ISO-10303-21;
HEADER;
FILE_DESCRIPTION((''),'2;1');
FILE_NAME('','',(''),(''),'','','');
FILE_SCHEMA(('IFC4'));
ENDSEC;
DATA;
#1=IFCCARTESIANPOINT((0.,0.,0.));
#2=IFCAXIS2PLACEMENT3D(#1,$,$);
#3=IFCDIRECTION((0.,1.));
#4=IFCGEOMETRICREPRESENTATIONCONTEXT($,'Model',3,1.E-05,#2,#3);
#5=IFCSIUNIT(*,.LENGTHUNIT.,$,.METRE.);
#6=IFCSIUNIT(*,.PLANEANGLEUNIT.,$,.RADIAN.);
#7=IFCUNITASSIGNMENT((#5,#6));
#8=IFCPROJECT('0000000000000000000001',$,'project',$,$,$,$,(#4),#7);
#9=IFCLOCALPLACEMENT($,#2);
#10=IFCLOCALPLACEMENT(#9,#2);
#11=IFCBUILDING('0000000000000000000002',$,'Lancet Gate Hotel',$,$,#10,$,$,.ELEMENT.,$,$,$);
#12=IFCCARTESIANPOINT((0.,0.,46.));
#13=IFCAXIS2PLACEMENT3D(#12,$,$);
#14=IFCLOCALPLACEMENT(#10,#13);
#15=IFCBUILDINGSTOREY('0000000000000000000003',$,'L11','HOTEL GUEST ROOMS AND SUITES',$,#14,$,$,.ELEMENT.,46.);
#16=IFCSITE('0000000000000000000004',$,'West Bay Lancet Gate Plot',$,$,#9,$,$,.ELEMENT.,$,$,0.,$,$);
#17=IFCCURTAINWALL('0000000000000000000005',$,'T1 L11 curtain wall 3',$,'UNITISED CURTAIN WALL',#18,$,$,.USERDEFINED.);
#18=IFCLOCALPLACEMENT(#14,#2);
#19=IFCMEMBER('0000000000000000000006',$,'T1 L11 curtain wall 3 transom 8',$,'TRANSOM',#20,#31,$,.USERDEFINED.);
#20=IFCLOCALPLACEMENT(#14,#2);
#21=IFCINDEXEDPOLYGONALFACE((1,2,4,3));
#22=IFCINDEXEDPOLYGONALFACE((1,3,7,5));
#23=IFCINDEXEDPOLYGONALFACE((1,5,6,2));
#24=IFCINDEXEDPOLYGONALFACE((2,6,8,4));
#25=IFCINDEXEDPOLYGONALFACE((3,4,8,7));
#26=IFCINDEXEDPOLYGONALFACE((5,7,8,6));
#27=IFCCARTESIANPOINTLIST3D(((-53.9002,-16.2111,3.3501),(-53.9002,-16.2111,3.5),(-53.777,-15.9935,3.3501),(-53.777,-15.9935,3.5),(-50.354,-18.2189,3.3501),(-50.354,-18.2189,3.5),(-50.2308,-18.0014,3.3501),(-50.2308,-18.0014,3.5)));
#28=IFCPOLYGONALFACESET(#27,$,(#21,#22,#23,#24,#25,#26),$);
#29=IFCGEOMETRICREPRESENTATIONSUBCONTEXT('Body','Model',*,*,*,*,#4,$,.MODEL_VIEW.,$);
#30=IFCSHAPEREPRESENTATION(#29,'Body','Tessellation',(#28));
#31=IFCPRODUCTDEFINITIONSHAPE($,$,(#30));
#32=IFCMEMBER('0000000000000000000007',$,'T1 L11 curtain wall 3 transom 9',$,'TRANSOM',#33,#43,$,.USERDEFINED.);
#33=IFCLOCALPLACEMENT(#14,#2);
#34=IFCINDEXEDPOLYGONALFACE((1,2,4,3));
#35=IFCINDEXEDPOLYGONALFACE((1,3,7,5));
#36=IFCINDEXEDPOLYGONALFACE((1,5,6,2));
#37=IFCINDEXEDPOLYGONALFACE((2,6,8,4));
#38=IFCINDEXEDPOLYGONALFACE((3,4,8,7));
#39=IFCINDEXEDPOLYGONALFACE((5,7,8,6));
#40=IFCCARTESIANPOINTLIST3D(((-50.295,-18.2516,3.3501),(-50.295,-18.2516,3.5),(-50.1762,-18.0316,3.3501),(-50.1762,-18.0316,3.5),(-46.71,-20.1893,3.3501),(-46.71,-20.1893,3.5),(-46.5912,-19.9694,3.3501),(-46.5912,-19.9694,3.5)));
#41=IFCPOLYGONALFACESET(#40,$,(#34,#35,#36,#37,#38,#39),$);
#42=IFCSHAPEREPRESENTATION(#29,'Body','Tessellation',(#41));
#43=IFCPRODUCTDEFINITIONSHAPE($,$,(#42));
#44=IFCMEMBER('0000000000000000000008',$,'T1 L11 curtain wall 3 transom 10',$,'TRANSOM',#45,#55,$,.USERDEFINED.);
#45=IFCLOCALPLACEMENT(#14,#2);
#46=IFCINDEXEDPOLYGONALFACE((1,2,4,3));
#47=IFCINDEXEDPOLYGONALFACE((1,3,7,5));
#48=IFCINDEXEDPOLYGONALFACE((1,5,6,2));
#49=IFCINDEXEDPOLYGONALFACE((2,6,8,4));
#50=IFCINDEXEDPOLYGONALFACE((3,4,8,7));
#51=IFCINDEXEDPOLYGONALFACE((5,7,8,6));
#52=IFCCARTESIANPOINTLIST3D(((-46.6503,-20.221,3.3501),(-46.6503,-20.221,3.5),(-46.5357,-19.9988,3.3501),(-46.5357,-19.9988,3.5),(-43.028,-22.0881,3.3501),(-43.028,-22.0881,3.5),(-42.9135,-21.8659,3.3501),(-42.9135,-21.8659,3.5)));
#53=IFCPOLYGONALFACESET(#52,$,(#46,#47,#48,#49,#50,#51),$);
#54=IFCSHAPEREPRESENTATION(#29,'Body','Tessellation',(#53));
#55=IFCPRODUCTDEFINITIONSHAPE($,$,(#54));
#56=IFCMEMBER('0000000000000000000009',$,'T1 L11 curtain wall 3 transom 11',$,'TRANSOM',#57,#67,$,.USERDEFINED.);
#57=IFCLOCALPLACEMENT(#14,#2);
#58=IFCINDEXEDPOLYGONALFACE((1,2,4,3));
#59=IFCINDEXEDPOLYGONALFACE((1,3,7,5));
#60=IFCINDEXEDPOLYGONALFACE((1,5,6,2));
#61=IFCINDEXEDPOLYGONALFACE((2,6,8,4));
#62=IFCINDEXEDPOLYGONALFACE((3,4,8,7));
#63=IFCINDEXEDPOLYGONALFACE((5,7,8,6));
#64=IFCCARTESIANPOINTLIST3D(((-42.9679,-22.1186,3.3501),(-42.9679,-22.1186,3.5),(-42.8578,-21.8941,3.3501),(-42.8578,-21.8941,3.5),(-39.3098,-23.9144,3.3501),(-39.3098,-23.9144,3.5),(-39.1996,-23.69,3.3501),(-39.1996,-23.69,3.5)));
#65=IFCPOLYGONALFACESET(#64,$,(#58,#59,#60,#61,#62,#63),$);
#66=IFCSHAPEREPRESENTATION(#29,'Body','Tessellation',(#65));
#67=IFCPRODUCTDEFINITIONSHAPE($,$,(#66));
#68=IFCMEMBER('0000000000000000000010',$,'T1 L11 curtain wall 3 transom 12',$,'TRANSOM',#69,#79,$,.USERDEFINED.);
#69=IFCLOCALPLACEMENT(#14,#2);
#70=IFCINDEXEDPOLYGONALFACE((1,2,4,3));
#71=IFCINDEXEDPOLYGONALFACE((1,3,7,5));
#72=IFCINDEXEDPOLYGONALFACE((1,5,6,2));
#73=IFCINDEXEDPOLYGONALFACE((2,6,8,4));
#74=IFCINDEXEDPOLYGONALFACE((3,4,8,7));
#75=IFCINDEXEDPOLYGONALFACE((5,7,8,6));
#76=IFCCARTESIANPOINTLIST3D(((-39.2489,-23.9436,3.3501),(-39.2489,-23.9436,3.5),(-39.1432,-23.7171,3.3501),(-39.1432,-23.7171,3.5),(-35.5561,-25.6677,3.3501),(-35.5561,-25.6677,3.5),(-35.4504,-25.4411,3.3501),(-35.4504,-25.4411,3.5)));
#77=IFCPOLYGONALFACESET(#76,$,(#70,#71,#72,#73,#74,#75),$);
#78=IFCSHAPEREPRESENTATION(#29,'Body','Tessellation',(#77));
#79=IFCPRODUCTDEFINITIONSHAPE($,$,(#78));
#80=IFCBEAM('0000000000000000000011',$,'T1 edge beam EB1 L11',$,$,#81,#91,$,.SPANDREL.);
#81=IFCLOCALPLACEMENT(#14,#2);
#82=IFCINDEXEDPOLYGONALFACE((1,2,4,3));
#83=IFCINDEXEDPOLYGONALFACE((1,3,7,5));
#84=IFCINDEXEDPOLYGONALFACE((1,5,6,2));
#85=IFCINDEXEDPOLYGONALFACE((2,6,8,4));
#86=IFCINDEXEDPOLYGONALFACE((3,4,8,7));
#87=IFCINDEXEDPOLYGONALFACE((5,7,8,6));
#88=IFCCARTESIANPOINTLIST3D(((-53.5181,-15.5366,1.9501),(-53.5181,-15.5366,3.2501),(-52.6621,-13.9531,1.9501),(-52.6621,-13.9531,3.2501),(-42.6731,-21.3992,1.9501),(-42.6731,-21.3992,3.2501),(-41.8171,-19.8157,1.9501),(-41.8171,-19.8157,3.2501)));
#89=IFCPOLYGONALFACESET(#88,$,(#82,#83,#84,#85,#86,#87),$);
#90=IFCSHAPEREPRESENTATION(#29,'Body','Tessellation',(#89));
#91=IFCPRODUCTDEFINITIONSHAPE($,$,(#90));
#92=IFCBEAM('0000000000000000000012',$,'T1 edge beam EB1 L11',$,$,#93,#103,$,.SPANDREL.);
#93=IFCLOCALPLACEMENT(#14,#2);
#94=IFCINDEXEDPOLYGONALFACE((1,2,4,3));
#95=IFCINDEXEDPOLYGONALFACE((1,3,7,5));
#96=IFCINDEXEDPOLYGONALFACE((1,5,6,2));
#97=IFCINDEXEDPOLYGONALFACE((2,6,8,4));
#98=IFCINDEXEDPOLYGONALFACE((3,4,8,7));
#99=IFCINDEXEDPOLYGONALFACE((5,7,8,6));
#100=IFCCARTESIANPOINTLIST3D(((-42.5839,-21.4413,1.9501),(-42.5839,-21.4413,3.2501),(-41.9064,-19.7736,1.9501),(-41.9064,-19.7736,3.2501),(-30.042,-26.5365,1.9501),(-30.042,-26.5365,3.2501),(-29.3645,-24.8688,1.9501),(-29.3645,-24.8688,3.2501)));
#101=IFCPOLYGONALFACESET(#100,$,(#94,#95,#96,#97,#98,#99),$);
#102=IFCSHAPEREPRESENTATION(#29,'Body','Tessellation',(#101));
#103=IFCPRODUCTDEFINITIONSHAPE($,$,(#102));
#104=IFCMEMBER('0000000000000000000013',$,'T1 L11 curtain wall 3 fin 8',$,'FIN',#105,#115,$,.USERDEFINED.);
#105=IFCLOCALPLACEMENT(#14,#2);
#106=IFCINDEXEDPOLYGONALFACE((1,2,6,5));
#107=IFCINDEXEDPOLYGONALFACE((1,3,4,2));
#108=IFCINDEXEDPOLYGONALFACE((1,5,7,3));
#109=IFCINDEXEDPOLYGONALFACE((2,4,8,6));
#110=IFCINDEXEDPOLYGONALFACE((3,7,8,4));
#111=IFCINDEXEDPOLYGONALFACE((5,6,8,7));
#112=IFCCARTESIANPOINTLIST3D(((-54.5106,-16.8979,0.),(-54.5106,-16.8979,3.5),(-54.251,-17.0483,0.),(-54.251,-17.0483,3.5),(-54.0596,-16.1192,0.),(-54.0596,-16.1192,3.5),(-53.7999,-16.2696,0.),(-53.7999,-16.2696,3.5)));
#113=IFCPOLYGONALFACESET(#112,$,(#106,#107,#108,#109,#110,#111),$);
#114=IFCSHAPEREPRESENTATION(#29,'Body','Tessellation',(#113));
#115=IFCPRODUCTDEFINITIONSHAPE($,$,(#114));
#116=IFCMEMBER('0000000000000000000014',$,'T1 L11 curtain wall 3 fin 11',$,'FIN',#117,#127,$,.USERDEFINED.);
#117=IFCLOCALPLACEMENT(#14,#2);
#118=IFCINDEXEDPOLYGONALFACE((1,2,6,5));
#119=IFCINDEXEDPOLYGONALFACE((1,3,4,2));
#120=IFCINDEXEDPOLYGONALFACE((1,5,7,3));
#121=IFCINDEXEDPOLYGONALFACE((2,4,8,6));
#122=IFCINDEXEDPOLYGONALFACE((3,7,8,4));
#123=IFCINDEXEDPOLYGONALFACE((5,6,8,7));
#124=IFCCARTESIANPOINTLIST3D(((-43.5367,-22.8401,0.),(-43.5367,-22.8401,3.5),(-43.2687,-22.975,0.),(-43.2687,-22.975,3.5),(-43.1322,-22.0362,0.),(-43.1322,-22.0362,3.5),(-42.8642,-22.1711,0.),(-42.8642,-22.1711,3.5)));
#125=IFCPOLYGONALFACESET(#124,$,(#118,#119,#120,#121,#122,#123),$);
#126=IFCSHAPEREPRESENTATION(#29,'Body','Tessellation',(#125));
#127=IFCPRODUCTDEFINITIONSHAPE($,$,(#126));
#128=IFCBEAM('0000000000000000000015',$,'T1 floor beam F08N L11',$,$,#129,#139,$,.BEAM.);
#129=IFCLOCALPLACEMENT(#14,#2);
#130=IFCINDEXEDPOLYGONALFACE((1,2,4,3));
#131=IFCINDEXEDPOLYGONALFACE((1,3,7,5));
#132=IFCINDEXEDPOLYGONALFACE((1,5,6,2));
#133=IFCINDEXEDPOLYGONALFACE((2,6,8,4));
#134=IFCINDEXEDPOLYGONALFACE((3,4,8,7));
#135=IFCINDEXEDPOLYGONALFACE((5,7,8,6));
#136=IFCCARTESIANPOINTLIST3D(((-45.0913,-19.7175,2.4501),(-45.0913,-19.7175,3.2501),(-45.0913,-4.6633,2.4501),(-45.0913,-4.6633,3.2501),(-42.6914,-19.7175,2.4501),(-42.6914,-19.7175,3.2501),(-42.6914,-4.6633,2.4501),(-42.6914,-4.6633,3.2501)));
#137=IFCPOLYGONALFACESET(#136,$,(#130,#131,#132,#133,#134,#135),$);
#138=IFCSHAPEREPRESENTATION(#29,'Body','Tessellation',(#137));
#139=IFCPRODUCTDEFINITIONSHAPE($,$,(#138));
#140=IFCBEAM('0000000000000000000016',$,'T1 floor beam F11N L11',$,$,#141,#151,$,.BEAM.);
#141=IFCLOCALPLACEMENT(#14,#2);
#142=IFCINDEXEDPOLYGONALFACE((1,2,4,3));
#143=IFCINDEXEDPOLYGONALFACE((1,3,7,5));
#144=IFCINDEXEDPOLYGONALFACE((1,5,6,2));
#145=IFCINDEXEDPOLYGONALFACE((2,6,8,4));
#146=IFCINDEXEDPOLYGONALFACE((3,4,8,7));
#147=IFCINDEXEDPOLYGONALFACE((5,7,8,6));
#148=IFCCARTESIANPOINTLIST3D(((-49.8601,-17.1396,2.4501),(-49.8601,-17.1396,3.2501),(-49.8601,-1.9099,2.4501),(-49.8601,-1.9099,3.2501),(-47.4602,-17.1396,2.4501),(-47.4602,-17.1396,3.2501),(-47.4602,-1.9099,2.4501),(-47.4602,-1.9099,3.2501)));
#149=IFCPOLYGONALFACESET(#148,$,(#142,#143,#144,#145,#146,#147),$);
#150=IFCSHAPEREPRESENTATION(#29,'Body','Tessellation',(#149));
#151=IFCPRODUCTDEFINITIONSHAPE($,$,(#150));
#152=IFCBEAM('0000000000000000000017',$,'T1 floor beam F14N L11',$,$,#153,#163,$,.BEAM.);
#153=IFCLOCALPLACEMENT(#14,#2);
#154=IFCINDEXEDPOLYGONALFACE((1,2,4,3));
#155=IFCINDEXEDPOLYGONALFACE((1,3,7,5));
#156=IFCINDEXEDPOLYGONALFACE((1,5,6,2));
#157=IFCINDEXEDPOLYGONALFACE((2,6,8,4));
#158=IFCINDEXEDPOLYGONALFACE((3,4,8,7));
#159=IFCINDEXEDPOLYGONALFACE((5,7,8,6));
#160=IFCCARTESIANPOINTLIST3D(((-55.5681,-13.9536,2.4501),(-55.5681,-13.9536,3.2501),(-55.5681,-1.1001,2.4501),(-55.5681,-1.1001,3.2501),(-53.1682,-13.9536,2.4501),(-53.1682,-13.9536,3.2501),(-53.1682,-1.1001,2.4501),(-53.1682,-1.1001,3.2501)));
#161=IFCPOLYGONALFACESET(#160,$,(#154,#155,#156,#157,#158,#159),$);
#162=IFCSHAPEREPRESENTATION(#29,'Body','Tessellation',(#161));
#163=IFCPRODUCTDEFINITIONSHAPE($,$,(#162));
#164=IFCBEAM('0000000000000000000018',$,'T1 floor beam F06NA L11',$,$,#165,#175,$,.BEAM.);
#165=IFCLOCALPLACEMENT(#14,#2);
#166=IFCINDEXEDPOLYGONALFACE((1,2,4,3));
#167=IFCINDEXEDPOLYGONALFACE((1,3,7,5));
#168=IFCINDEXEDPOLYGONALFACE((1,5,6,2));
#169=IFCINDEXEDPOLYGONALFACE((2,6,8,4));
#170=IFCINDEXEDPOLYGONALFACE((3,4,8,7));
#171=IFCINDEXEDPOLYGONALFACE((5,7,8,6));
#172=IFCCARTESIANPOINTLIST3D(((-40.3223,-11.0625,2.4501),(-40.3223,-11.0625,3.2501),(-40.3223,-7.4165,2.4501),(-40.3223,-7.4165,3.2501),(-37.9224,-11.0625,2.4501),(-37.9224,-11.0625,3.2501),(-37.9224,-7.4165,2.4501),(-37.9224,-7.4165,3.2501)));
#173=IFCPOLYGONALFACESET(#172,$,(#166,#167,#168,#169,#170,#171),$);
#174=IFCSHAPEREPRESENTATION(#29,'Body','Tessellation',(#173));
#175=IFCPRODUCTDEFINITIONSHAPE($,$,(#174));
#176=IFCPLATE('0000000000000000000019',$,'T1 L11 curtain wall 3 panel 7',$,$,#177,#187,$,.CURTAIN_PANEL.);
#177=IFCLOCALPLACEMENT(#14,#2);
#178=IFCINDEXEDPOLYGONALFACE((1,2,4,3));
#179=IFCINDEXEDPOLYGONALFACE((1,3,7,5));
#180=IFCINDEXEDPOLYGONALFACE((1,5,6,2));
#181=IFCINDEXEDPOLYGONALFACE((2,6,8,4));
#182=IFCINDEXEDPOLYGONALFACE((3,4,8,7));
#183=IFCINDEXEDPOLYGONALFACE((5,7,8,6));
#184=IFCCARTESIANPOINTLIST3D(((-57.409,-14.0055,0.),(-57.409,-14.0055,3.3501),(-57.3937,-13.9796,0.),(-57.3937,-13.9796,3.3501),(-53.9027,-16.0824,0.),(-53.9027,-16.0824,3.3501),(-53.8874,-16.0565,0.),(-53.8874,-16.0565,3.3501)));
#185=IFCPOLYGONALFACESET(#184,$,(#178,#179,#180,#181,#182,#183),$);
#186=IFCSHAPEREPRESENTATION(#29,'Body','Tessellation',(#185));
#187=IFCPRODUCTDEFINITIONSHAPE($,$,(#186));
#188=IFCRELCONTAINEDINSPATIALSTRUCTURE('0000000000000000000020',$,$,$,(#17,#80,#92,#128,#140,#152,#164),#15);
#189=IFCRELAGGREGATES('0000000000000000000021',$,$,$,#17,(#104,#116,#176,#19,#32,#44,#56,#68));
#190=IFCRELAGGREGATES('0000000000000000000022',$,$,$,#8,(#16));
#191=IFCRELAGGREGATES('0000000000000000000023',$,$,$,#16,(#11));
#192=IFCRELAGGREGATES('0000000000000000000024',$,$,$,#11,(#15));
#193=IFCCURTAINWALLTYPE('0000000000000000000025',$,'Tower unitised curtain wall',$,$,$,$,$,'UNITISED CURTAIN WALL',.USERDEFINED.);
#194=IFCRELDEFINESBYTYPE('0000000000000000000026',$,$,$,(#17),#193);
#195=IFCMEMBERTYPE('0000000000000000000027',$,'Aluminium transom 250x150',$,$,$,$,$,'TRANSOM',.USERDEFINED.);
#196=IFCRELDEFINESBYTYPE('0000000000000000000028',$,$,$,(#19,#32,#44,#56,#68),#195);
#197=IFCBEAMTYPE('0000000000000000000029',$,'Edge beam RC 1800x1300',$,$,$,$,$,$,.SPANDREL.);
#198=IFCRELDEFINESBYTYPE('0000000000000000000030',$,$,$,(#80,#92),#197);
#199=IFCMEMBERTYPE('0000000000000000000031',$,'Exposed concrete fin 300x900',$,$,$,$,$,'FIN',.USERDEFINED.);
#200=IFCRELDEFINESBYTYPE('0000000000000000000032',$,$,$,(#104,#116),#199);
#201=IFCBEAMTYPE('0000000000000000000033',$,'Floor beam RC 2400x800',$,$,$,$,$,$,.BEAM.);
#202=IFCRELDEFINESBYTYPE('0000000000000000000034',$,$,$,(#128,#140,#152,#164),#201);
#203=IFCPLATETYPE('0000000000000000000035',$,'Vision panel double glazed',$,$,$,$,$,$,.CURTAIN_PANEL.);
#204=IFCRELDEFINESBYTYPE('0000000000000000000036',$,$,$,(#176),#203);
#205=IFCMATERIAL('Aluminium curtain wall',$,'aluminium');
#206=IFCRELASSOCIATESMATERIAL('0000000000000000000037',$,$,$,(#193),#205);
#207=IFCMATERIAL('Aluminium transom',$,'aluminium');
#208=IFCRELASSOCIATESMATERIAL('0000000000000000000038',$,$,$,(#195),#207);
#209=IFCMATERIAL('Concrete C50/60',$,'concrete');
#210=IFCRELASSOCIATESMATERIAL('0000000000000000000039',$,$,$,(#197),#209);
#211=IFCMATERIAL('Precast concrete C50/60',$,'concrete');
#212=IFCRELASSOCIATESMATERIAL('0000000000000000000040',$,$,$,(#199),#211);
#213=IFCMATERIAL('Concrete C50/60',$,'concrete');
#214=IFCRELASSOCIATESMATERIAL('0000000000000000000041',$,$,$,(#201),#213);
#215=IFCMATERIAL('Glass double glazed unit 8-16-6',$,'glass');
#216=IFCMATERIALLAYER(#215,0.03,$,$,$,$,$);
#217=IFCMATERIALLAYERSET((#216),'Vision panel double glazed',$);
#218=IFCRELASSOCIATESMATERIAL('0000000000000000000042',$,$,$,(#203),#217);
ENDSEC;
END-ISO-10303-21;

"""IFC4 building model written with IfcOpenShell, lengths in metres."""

from ifc_helpers import new_model, si_unit, direction, frame, origin, origin_2d, place, context, subcontext, project, spatial, rectangle, extrude, material, layer, layer_set, material_profile, profile_set, type_object, element, aggregate, save


model = new_model("IFC4")

# Units and contexts
model_context = context("Model", 3, precision=1e-05, world=origin(), true_north=direction((0.0, 1.0)))
body_context = subcontext(model_context, "Body", "Model", "MODEL_VIEW")
ifc_project = project(units=[si_unit("LENGTHUNIT", "METRE"), si_unit("PLANEANGLEUNIT", "RADIAN")], contexts=[model_context])

# Site, building, storey
site_placement = place(None, origin())
site = spatial("IfcSite", under=ifc_project, at=site_placement, Name="West Bay Lancet Gate Plot", CompositionType="ELEMENT", RefElevation=0.0)
building_placement = place(site_placement, origin())
building = spatial("IfcBuilding", under=site, at=building_placement, Name="Lancet Gate Hotel", CompositionType="ELEMENT")
storey_placement = place(building_placement, frame((0.0, 0.0, 46.0)))
storey = spatial("IfcBuildingStorey", under=building, at=storey_placement, Name="L11", Description="HOTEL GUEST ROOMS AND SUITES", CompositionType="ELEMENT", Elevation=46.0)

# Curtain wall, members
ifc_material_1 = material(Name="Aluminium curtain wall", Category="aluminium")
curtain_wall_type = type_object("IfcCurtainWallType", Name="Tower unitised curtain wall", ElementType="UNITISED CURTAIN WALL", PredefinedType="USERDEFINED", material=ifc_material_1)
curtain_wall_placement = place(storey_placement, origin())
curtain_wall = element("IfcCurtainWall", 1, at=curtain_wall_placement, inside=storey, type_object=curtain_wall_type, Name="T1 L11 curtain wall 3", ObjectType="UNITISED CURTAIN WALL", PredefinedType="USERDEFINED")
ifc_material_2 = material(Name="Aluminium transom", Category="aluminium")
ifc_material_profile_1 = material_profile(ifc_material_2, rectangle(XDim=0.25, YDim=0.1499, at=origin_2d()), Name="TRANSOM 250x150")
ifc_profile_set_1 = profile_set([ifc_material_profile_1], Name="Aluminium transom")
member_type_1 = type_object("IfcMemberType", Name="Aluminium transom 250x150", ElementType="TRANSOM", PredefinedType="USERDEFINED", material=ifc_profile_set_1)
member_1_placement = place(storey_placement, frame((-53.8386, -16.1023, 3.425), z_axis=(0.870198, -0.492703, 0.0), x_axis=(0.492703, 0.870198, 0.0)))
member_1 = element("IfcMember", 2, at=member_1_placement, type_object=member_type_1, Name="T1 L11 curtain wall 3 transom 8", ObjectType="TRANSOM", PredefinedType="USERDEFINED", context=body_context, shape_type="SweptSolid", body=[
    extrude(rectangle(XDim=0.25, YDim=0.1499, at=origin_2d()), origin(), (0.0, 0.0, 1.0), 4.0752),
])
member_2_placement = place(storey_placement, frame((-50.2356, -18.1416, 3.425), z_axis=(0.879714, -0.475503, 0.0), x_axis=(0.475503, 0.879714, 0.0)))
member_2 = element("IfcMember", 3, at=member_2_placement, type_object=member_type_1, Name="T1 L11 curtain wall 3 transom 9", ObjectType="TRANSOM", PredefinedType="USERDEFINED", context=body_context, shape_type="SweptSolid", body=[
    extrude(rectangle(XDim=0.25, YDim=0.1499, at=origin_2d()), origin(), (0.0, 0.0, 1.0), 4.0752),
])
member_3_placement = place(storey_placement, frame((-46.593, -20.1099, 3.425), z_axis=(0.88886, -0.458179, 0.0), x_axis=(0.458179, 0.88886, 0.0)))
member_3 = element("IfcMember", 4, at=member_3_placement, type_object=member_type_1, Name="T1 L11 curtain wall 3 transom 10", ObjectType="TRANSOM", PredefinedType="USERDEFINED", context=body_context, shape_type="SweptSolid", body=[
    extrude(rectangle(XDim=0.25, YDim=0.1499, at=origin_2d()), origin(), (0.0, 0.0, 1.0), 4.0752),
])
member_4_placement = place(storey_placement, frame((-42.9128, -22.0063, 3.425), z_axis=(0.897662, -0.440684, 0.0), x_axis=(0.440684, 0.897662, 0.0)))
member_4 = element("IfcMember", 5, at=member_4_placement, type_object=member_type_1, Name="T1 L11 curtain wall 3 transom 11", ObjectType="TRANSOM", PredefinedType="USERDEFINED", context=body_context, shape_type="SweptSolid", body=[
    extrude(rectangle(XDim=0.25, YDim=0.1499, at=origin_2d()), origin(), (0.0, 0.0, 1.0), 4.0752),
])
member_5_placement = place(storey_placement, frame((-39.196, -23.8303, 3.425), z_axis=(0.90611, -0.423043, 0.0), x_axis=(0.423043, 0.90611, 0.0)))
member_5 = element("IfcMember", 6, at=member_5_placement, type_object=member_type_1, Name="T1 L11 curtain wall 3 transom 12", ObjectType="TRANSOM", PredefinedType="USERDEFINED", context=body_context, shape_type="SweptSolid", body=[
    extrude(rectangle(XDim=0.25, YDim=0.1499, at=origin_2d()), origin(), (0.0, 0.0, 1.0), 4.0754),
])

# Beams
ifc_material_3 = material(Name="Concrete C50/60", Category="concrete")
ifc_material_profile_2 = material_profile(ifc_material_3, rectangle(XDim=1.8, YDim=1.3, at=origin_2d()), Name="RC 1800x1300")
ifc_profile_set_2 = profile_set([ifc_material_profile_2], Name="Concrete C50/60")
beam_type_1 = type_object("IfcBeamType", Name="Edge beam RC 1800x1300", PredefinedType="SPANDREL", material=ifc_profile_set_2)
beam_1_placement = place(storey_placement, frame((-53.0901, -14.7449, 2.6001), z_axis=(0.879693, -0.475542, 0.0), x_axis=(0.475542, 0.879693, 0.0)))
element("IfcBeam", 7, at=beam_1_placement, inside=storey, type_object=beam_type_1, Name="T1 edge beam EB1 L11", PredefinedType="SPANDREL", context=body_context, shape_type="SweptSolid", body=[
    extrude(rectangle(XDim=1.8, YDim=1.3, at=origin_2d()), origin(), (0.0, 0.0, 1.0), 12.3281),
])
beam_2_placement = place(storey_placement, frame((-42.2451, -20.6074, 2.6001), z_axis=(0.926463, -0.376385, 0.0), x_axis=(0.376385, 0.926463, 0.0)))
element("IfcBeam", 8, at=beam_2_placement, inside=storey, type_object=beam_type_1, Name="T1 edge beam EB1 L11", PredefinedType="SPANDREL", context=body_context, shape_type="SweptSolid", body=[
    extrude(rectangle(XDim=1.8, YDim=1.3, at=origin_2d()), origin(), (0.0, 0.0, 1.0), 13.5374),
])

# Members
ifc_material_4 = material(Name="Precast concrete C50/60", Category="concrete")
ifc_material_profile_3 = material_profile(ifc_material_4, rectangle(XDim=0.3, YDim=0.8999, at=origin_2d()), Name="FIN 300x900")
ifc_profile_set_3 = profile_set([ifc_material_profile_3], Name="Precast concrete C50/60")
member_type_2 = type_object("IfcMemberType", Name="Exposed concrete fin 300x900", ElementType="FIN", PredefinedType="USERDEFINED", material=ifc_profile_set_3)
member_6_placement = place(storey_placement, frame((-54.1553, -16.5837, 0.0), z_axis=(0.0, 0.0, 1.0), x_axis=(0.865335, -0.501194, 0.0)))
member_6 = element("IfcMember", 9, at=member_6_placement, type_object=member_type_2, Name="T1 L11 curtain wall 3 fin 8", ObjectType="FIN", PredefinedType="USERDEFINED", context=body_context, shape_type="SweptSolid", body=[
    extrude(rectangle(XDim=0.3, YDim=0.8999, at=origin_2d()), origin(), (0.0, 0.0, 1.0), 3.5),
])
member_7_placement = place(storey_placement, frame((-43.2004, -22.5056, 0.0), z_axis=(0.0, 0.0, 1.0), x_axis=(0.893292, -0.449478, 0.0)))
member_7 = element("IfcMember", 10, at=member_7_placement, type_object=member_type_2, Name="T1 L11 curtain wall 3 fin 11", ObjectType="FIN", PredefinedType="USERDEFINED", context=body_context, shape_type="SweptSolid", body=[
    extrude(rectangle(XDim=0.3, YDim=0.8999, at=origin_2d()), origin(), (0.0, 0.0, 1.0), 3.5),
])

# Beams
ifc_material_5 = material(Name="Concrete C50/60", Category="concrete")
ifc_material_profile_4 = material_profile(ifc_material_5, rectangle(XDim=2.3999, YDim=0.8, at=origin_2d()), Name="RC 2400x800")
ifc_profile_set_4 = profile_set([ifc_material_profile_4], Name="Concrete C50/60")
beam_type_2 = type_object("IfcBeamType", Name="Floor beam RC 2400x800", PredefinedType="BEAM", material=ifc_profile_set_4)
beam_3_placement = place(storey_placement, frame((-43.8914, -4.6633, 2.8501), z_axis=(0.0, -1.0, 0.0), x_axis=(1.0, 0.0, 0.0)))
element("IfcBeam", 11, at=beam_3_placement, inside=storey, type_object=beam_type_2, Name="T1 floor beam F08N L11", PredefinedType="BEAM", context=body_context, shape_type="SweptSolid", body=[
    extrude(rectangle(XDim=2.3999, YDim=0.8, at=origin_2d()), origin(), (0.0, 0.0, 1.0), 15.0542),
])
beam_4_placement = place(storey_placement, frame((-48.6602, -1.9099, 2.8501), z_axis=(0.0, -1.0, 0.0), x_axis=(1.0, 0.0, 0.0)))
element("IfcBeam", 12, at=beam_4_placement, inside=storey, type_object=beam_type_2, Name="T1 floor beam F11N L11", PredefinedType="BEAM", context=body_context, shape_type="SweptSolid", body=[
    extrude(rectangle(XDim=2.3999, YDim=0.8, at=origin_2d()), origin(), (0.0, 0.0, 1.0), 15.2297),
])
beam_5_placement = place(storey_placement, frame((-54.3682, -1.1001, 2.8501), z_axis=(0.0, -1.0, 0.0), x_axis=(1.0, 0.0, 0.0)))
element("IfcBeam", 13, at=beam_5_placement, inside=storey, type_object=beam_type_2, Name="T1 floor beam F14N L11", PredefinedType="BEAM", context=body_context, shape_type="SweptSolid", body=[
    extrude(rectangle(XDim=2.3999, YDim=0.8, at=origin_2d()), origin(), (0.0, 0.0, 1.0), 12.8535),
])
beam_6_placement = place(storey_placement, frame((-39.1223, -7.4165, 2.8501), z_axis=(0.0, -1.0, 0.0), x_axis=(1.0, 0.0, 0.0)))
element("IfcBeam", 14, at=beam_6_placement, inside=storey, type_object=beam_type_2, Name="T1 floor beam F06NA L11", PredefinedType="BEAM", context=body_context, shape_type="SweptSolid", body=[
    extrude(rectangle(XDim=2.3999, YDim=0.8, at=origin_2d()), origin(), (0.0, 0.0, 1.0), 3.646),
])

# Plate
ifc_material_6 = material(Name="Glass double glazed unit 8-16-6", Category="glass")
ifc_layer_1 = layer(ifc_material_6, 0.03)
ifc_layer_set_1 = layer_set([ifc_layer_1], Name="Vision panel double glazed")
plate_type = type_object("IfcPlateType", Name="Vision panel double glazed", PredefinedType="CURTAIN_PANEL", material=ifc_layer_set_1)
plate_1_placement = place(storey_placement, frame((-55.6482, -15.031, 0.0), z_axis=(0.0, 0.0, 1.0), x_axis=(0.860382, -0.50965, 0.0)))
plate_1 = element("IfcPlate", 15, at=plate_1_placement, type_object=plate_type, Name="T1 L11 curtain wall 3 panel 7", PredefinedType="CURTAIN_PANEL", context=body_context, shape_type="SweptSolid", body=[
    extrude(rectangle(XDim=4.0752, YDim=0.03, at=origin_2d()), origin(), (0.0, 0.0, 1.0), 3.3501),
])
aggregate(curtain_wall, [member_6, member_7, plate_1, member_1, member_2, member_3, member_4, member_5])

save(model, "model.ifc")
